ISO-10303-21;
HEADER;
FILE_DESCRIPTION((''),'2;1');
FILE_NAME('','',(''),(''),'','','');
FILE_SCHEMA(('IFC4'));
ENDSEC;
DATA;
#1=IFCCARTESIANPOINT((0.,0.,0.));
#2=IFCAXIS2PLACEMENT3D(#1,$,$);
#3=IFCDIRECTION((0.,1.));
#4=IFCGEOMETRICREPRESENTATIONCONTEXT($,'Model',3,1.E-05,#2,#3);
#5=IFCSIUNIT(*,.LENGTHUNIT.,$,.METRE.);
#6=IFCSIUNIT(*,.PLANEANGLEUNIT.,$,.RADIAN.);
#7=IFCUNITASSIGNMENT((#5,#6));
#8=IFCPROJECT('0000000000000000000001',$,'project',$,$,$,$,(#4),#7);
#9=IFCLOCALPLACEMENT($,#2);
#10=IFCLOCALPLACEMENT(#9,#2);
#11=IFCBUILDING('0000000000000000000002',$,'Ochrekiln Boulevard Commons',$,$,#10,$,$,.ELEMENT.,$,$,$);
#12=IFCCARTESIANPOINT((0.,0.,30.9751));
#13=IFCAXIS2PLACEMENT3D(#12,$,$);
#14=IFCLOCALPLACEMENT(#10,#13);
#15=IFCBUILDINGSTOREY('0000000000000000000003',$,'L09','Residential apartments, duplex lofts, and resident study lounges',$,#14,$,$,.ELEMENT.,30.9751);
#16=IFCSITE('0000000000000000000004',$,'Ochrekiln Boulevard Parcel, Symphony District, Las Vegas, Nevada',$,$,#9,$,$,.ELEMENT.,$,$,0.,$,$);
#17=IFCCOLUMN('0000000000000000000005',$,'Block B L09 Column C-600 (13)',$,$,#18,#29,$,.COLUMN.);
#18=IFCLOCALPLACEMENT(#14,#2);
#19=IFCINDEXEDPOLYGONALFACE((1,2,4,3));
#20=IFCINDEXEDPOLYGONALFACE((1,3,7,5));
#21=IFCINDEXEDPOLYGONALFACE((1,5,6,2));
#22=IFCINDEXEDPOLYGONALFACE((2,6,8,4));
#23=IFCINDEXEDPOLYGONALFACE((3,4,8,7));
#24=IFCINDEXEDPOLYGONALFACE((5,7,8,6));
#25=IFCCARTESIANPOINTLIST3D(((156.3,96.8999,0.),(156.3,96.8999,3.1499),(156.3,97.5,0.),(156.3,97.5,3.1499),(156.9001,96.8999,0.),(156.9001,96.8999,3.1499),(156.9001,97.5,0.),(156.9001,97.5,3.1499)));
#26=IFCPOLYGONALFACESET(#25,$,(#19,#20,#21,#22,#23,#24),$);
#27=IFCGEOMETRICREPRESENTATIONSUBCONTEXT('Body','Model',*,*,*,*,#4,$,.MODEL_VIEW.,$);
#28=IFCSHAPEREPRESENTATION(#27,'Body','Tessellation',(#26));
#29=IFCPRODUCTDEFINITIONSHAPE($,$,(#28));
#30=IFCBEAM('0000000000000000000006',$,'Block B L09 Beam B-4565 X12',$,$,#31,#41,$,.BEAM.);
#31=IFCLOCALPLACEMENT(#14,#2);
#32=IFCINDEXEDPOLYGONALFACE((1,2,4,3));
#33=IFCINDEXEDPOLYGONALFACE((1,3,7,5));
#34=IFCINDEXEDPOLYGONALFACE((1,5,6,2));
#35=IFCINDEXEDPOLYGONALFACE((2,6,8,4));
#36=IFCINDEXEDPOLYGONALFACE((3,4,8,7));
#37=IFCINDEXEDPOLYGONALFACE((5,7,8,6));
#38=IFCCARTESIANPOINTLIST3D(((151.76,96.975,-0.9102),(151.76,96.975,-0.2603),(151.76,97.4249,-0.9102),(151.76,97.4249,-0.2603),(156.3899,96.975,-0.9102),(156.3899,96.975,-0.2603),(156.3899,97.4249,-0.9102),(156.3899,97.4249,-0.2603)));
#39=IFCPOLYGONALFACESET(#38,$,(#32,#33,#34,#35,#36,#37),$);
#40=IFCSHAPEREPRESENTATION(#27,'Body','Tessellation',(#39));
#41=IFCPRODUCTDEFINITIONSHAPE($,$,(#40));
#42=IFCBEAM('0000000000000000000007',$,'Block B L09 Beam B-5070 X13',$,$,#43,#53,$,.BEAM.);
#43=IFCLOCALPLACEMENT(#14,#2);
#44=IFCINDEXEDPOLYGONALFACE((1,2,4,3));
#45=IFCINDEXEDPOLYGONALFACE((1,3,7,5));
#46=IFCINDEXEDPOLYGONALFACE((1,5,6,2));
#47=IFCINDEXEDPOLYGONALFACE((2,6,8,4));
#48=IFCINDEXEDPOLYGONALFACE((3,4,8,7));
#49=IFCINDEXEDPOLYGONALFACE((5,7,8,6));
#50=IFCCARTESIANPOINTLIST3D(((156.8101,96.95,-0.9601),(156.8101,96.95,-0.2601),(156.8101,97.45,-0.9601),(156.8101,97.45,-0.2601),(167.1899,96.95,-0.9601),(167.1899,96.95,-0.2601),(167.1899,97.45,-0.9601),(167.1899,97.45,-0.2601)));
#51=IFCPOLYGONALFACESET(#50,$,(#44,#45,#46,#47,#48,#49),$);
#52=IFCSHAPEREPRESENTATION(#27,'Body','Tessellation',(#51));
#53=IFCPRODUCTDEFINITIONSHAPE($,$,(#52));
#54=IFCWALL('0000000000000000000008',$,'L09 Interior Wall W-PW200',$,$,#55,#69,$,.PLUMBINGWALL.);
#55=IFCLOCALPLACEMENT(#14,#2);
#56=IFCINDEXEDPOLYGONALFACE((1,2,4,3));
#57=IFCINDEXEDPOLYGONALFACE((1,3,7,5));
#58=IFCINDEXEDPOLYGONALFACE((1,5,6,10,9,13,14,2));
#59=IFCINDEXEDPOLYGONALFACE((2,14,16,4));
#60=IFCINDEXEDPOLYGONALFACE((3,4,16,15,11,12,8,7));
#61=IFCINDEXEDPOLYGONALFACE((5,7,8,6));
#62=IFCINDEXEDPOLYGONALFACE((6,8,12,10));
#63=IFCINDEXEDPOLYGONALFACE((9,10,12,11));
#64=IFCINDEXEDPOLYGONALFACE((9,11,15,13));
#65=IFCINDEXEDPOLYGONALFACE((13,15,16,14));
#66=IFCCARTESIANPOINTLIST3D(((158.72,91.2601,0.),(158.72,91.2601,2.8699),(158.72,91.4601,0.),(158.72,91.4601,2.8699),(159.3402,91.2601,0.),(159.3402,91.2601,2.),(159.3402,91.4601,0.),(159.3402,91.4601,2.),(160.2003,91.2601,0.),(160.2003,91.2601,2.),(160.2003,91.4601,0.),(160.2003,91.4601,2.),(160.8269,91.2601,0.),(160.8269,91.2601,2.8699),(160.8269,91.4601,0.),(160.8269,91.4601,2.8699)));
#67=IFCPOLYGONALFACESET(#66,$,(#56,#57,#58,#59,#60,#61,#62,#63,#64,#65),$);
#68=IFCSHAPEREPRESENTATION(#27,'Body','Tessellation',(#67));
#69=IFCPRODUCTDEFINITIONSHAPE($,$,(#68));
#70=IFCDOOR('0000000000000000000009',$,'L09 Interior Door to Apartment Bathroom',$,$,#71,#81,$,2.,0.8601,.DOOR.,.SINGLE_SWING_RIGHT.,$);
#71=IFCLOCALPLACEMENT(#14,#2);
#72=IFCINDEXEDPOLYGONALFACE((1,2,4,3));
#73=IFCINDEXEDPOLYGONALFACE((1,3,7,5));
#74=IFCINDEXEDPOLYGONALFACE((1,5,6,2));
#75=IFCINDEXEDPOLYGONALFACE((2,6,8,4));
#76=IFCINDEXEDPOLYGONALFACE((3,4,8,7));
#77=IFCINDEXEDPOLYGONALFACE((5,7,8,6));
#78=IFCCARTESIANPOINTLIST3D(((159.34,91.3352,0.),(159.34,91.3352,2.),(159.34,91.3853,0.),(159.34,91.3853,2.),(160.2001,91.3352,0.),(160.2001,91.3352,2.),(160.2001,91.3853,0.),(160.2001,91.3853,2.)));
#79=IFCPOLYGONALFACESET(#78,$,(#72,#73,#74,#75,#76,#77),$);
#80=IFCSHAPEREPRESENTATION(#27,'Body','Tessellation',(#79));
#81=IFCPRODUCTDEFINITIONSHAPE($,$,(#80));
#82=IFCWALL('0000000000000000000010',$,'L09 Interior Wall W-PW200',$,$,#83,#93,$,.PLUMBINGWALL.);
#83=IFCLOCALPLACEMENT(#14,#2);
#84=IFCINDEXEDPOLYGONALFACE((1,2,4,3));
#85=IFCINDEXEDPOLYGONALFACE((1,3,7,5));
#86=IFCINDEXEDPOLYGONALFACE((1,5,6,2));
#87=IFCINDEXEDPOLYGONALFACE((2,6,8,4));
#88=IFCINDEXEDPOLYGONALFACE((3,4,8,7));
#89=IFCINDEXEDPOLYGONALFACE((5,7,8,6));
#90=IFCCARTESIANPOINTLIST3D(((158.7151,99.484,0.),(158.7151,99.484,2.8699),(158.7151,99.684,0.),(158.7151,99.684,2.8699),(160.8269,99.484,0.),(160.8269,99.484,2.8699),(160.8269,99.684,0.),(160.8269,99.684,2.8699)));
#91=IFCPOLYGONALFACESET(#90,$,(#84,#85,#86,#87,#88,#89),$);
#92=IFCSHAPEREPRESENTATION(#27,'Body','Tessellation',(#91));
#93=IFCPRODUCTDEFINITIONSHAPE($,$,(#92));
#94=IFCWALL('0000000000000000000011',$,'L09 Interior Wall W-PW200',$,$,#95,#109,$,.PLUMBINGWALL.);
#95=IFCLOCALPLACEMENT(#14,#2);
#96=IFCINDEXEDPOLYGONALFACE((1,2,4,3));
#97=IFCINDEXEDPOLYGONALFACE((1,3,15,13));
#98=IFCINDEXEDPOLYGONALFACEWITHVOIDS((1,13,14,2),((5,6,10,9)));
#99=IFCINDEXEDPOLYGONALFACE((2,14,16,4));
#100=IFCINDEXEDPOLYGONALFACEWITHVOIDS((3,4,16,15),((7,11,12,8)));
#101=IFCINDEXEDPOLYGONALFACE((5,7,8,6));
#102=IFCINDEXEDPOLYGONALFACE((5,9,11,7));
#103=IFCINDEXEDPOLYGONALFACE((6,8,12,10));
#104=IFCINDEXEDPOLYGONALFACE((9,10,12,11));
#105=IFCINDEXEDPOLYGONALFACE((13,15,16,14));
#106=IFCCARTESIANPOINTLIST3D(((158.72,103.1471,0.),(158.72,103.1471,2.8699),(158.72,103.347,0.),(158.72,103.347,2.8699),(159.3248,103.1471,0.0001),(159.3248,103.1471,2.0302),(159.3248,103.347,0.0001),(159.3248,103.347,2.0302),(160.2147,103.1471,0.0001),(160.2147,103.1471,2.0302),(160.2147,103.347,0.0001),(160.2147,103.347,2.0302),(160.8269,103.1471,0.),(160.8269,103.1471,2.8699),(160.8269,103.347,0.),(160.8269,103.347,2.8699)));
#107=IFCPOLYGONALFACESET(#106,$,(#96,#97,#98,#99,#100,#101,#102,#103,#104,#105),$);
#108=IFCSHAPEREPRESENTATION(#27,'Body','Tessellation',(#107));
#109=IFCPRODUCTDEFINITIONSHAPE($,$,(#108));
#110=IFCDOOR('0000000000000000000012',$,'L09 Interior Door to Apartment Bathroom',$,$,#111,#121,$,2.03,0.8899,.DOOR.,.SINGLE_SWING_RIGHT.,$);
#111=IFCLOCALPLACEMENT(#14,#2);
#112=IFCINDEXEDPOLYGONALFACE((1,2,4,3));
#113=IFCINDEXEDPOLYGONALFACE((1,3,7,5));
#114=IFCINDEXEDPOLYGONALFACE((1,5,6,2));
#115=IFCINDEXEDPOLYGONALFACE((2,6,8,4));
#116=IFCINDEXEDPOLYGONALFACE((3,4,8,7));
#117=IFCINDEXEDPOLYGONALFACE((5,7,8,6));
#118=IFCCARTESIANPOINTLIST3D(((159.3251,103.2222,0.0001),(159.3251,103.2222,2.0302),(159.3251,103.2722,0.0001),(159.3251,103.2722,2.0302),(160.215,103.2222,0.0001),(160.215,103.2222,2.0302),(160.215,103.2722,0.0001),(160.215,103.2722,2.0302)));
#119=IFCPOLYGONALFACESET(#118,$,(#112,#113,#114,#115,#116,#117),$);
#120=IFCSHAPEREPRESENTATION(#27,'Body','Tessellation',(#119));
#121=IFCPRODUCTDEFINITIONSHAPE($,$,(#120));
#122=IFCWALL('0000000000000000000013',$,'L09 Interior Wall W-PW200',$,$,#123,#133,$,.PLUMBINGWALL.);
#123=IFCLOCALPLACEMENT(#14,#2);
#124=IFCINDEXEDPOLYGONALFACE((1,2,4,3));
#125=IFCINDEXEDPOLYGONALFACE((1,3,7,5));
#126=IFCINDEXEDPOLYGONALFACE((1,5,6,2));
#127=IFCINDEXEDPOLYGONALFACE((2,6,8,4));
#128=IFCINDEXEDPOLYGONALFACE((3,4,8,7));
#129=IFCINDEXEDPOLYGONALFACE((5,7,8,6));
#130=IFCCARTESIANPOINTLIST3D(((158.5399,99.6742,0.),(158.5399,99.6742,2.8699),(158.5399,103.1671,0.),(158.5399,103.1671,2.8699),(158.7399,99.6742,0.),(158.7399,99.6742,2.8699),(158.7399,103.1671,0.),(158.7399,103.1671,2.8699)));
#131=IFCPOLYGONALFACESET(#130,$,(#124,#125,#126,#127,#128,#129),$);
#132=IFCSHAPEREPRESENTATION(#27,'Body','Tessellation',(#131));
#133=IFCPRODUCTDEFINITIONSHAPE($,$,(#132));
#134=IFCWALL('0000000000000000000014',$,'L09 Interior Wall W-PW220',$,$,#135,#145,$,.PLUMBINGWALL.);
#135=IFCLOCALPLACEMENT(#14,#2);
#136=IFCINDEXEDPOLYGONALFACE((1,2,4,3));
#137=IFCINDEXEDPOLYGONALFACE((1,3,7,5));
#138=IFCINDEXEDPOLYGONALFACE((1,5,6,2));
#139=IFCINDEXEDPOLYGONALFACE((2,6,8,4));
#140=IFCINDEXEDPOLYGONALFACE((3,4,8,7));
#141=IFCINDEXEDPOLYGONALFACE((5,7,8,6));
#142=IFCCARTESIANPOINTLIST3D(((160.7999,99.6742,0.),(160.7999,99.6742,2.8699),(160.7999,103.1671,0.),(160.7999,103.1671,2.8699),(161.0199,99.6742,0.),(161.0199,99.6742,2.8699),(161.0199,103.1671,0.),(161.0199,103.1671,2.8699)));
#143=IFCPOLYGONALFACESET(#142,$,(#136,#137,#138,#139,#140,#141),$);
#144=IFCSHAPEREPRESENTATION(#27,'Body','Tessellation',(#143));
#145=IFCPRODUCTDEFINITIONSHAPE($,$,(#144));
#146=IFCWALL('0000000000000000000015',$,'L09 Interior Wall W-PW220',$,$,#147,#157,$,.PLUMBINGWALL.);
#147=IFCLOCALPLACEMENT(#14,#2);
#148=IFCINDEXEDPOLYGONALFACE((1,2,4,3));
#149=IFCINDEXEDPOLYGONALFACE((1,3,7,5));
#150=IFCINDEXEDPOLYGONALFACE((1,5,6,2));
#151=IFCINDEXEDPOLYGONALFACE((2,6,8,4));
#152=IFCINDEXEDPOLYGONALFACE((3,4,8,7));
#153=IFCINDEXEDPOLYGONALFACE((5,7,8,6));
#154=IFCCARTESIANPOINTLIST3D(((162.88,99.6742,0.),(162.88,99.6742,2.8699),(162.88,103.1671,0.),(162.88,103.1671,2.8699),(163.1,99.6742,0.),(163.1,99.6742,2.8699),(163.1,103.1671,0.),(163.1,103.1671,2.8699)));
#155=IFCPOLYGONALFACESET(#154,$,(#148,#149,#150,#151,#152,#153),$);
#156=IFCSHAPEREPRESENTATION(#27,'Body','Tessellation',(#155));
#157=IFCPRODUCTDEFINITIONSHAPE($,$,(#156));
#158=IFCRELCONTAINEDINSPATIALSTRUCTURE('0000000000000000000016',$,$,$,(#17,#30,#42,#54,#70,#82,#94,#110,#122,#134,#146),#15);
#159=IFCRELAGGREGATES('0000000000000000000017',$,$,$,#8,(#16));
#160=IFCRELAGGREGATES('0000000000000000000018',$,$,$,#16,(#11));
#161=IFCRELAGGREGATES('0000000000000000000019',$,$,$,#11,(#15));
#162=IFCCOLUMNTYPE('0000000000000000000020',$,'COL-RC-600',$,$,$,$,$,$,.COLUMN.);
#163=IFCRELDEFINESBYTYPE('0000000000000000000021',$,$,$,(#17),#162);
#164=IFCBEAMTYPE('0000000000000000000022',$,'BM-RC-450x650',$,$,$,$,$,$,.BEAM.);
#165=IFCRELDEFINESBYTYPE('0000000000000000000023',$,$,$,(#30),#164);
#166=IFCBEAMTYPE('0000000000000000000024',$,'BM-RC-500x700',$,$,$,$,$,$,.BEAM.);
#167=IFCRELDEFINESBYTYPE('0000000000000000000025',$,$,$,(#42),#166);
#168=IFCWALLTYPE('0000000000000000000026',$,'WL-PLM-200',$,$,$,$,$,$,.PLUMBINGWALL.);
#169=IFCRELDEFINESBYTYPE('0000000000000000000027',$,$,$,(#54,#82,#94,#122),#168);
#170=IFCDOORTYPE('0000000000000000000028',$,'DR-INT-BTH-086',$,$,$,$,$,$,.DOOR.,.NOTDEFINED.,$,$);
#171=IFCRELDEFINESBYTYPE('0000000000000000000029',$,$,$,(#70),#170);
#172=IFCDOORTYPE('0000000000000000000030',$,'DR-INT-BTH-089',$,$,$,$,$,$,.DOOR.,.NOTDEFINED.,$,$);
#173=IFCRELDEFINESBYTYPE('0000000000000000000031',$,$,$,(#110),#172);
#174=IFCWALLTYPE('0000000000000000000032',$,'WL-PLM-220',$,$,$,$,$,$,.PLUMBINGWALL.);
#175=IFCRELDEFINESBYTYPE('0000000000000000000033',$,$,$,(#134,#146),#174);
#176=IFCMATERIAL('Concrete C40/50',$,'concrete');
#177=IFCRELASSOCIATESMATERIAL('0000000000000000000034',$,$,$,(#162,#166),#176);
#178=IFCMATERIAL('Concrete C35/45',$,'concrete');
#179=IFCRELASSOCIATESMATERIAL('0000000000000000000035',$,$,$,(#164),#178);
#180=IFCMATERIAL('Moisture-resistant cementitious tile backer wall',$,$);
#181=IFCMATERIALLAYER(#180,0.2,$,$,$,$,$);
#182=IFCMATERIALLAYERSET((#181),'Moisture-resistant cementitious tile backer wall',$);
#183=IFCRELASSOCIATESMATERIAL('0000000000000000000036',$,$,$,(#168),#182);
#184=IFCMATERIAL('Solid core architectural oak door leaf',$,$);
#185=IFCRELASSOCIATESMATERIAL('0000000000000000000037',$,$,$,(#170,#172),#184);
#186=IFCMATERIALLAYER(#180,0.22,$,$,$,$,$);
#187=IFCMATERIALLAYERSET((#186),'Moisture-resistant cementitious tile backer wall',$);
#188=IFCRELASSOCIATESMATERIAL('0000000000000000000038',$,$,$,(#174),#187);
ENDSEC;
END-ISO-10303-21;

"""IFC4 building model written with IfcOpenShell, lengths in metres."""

from ifc_helpers import new_model, si_unit, direction, frame, frame_2d, origin, origin_2d, place, context, subcontext, project, spatial, rectangle, extrude, material, layer, layer_set, material_profile, profile_set, type_object, element, fill, save


model = new_model("IFC4")

# Units and contexts
model_context = context("Model", 3, precision=1e-05, world=origin(), true_north=direction((0.0, 1.0)))
body_context = subcontext(model_context, "Body", "Model", "MODEL_VIEW")
ifc_project = project(units=[si_unit("LENGTHUNIT", "METRE"), si_unit("PLANEANGLEUNIT", "RADIAN")], contexts=[model_context])

# Site, building, storey
site_placement = place(None, origin())
site = spatial("IfcSite", under=ifc_project, at=site_placement, Name="Ochrekiln Boulevard Parcel, Symphony District, Las Vegas, Nevada", CompositionType="ELEMENT", RefElevation=0.0)
building_placement = place(site_placement, origin())
building = spatial("IfcBuilding", under=site, at=building_placement, Name="Ochrekiln Boulevard Commons", CompositionType="ELEMENT")
storey_placement = place(building_placement, frame((0.0, 0.0, 30.9751)))
storey = spatial("IfcBuildingStorey", under=building, at=storey_placement, Name="L09", Description="Residential apartments, duplex lofts, and resident study lounges", CompositionType="ELEMENT", Elevation=30.9751)

# Column
ifc_material_1 = material(Name="Concrete C40/50", Category="concrete")
ifc_material_profile_1 = material_profile(ifc_material_1, rectangle(XDim=0.6001, YDim=0.6001, at=origin_2d()), Name="RC-COL-600x600")
ifc_profile_set_1 = profile_set([ifc_material_profile_1], Name="Concrete C40/50")
column_type = type_object("IfcColumnType", Name="COL-RC-600", PredefinedType="COLUMN", material=ifc_profile_set_1)
column_placement = place(storey_placement, frame((156.6001, 97.2, 0.0), z_axis=(0.0, 0.0, 1.0), x_axis=(1.0, 0.0, 0.0)))
element("IfcColumn", 1, at=column_placement, inside=storey, type_object=column_type, Name="Block B L09 Column C-600 (13)", PredefinedType="COLUMN", context=body_context, shape_type="SweptSolid", body=[
    extrude(rectangle(XDim=0.6001, YDim=0.6001, at=origin_2d()), origin(), (0.0, 0.0, 1.0), 3.1499),
])

# Beams
ifc_material_2 = material(Name="Concrete C35/45", Category="concrete")
ifc_material_profile_2 = material_profile(ifc_material_2, rectangle(XDim=0.45, YDim=0.6499, at=origin_2d()), Name="RC-BM-450x650")
ifc_profile_set_2 = profile_set([ifc_material_profile_2], Name="Concrete C35/45")
beam_type_1 = type_object("IfcBeamType", Name="BM-RC-450x650", PredefinedType="BEAM", material=ifc_profile_set_2)
beam_1_placement = place(storey_placement, frame((151.76, 97.2, -0.5852), z_axis=(1.0, 0.0, 0.0), x_axis=(0.0, 1.0, 0.0)))
element("IfcBeam", 2, at=beam_1_placement, inside=storey, type_object=beam_type_1, Name="Block B L09 Beam B-4565 X12", PredefinedType="BEAM", context=body_context, shape_type="SweptSolid", body=[
    extrude(rectangle(XDim=0.45, YDim=0.6499, at=origin_2d()), origin(), (0.0, 0.0, 1.0), 4.6299),
])
ifc_material_profile_3 = material_profile(ifc_material_1, rectangle(XDim=0.5, YDim=0.7, at=origin_2d()), Name="RC-BM-500x700")
ifc_profile_set_3 = profile_set([ifc_material_profile_3], Name="Concrete C40/50")
beam_type_2 = type_object("IfcBeamType", Name="BM-RC-500x700", PredefinedType="BEAM", material=ifc_profile_set_3)
beam_2_placement = place(storey_placement, frame((156.8101, 97.2, -0.6101), z_axis=(1.0, 0.0, 0.0), x_axis=(0.0, 1.0, 0.0)))
element("IfcBeam", 3, at=beam_2_placement, inside=storey, type_object=beam_type_2, Name="Block B L09 Beam B-5070 X13", PredefinedType="BEAM", context=body_context, shape_type="SweptSolid", body=[
    extrude(rectangle(XDim=0.5, YDim=0.7, at=origin_2d()), origin(), (0.0, 0.0, 1.0), 10.3799),
])

# Wall, opening, door
ifc_material_3 = material(Name="Moisture-resistant cementitious tile backer wall")
ifc_layer_1 = layer(ifc_material_3, 0.2)
ifc_layer_set_1 = layer_set([ifc_layer_1], Name="Moisture-resistant cementitious tile backer wall")
wall_type_1 = type_object("IfcWallType", Name="WL-PLM-200", PredefinedType="PLUMBINGWALL", material=ifc_layer_set_1)
wall_1_placement = place(storey_placement, frame((158.72, 91.3601, 0.0), z_axis=(0.0, 0.0, 1.0), x_axis=(1.0, 0.0, 0.0)))
wall_1 = element("IfcWall", 4, at=wall_1_placement, inside=storey, type_object=wall_type_1, Name="L09 Interior Wall W-PW200", PredefinedType="PLUMBINGWALL", context=body_context, shape_type="SweptSolid", body=[
    extrude(rectangle(XDim=2.1069, YDim=0.2, at=frame_2d((1.0535, 0.0))), origin(), (0.0, 0.0, 1.0), 2.8699),
])
opening_1_placement = place(wall_1_placement, frame((0.6201, 0.0, 0.0)))
opening_1 = element("IfcOpeningElement", 5, at=opening_1_placement, cuts=wall_1, PredefinedType="OPENING", context=body_context, shape_type="SweptSolid", body=[
    extrude(rectangle(XDim=0.8601, YDim=2.0, at=frame_2d((0.4302, 1.0))), frame((0.0, 0.1099, 0.0), z_axis=(0.0, -1.0, 0.0), x_axis=(1.0, 0.0, 0.0)), (0.0, 0.0, 1.0), 0.22),
])
ifc_material_4 = material(Name="Solid core architectural oak door leaf")
door_type_1 = type_object("IfcDoorType", Name="DR-INT-BTH-086", OperationType="NOTDEFINED", PredefinedType="DOOR", material=ifc_material_4)
door_1_placement = place(opening_1_placement, frame((0.8601, 0.0, 0.0), z_axis=(0.0, 0.0, 1.0), x_axis=(-1.0, 0.0, 0.0)))
door_1 = element("IfcDoor", 6, at=door_1_placement, inside=storey, type_object=door_type_1, Name="L09 Interior Door to Apartment Bathroom", OperationType="SINGLE_SWING_RIGHT", OverallHeight=2.0, OverallWidth=0.8601, PredefinedType="DOOR", context=body_context, shape_type="SweptSolid", body=[
    extrude(rectangle(XDim=0.8601, YDim=2.0, at=frame_2d((0.4302, 1.0))), frame((0.0, 0.0249, 0.0), z_axis=(0.0, -1.0, 0.0), x_axis=(1.0, 0.0, 0.0)), (0.0, 0.0, 1.0), 0.05),
])
fill(opening_1, door_1)

# Wall
wall_2_placement = place(storey_placement, frame((158.7151, 99.584, 0.0), z_axis=(0.0, 0.0, 1.0), x_axis=(1.0, 0.0, 0.0)))
element("IfcWall", 7, at=wall_2_placement, inside=storey, type_object=wall_type_1, Name="L09 Interior Wall W-PW200", PredefinedType="PLUMBINGWALL", context=body_context, shape_type="SweptSolid", body=[
    extrude(rectangle(XDim=2.1118, YDim=0.2, at=frame_2d((1.0559, 0.0))), origin(), (0.0, 0.0, 1.0), 2.8699),
])

# Wall, opening, door
wall_3_placement = place(storey_placement, frame((158.72, 103.2471, 0.0), z_axis=(0.0, 0.0, 1.0), x_axis=(1.0, 0.0, 0.0)))
wall_3 = element("IfcWall", 8, at=wall_3_placement, inside=storey, type_object=wall_type_1, Name="L09 Interior Wall W-PW200", PredefinedType="PLUMBINGWALL", context=body_context, shape_type="SweptSolid", body=[
    extrude(rectangle(XDim=2.1069, YDim=0.2, at=frame_2d((1.0535, 0.0))), origin(), (0.0, 0.0, 1.0), 2.8699),
])
opening_2_placement = place(wall_3_placement, frame((0.605, 0.0, 0.0)))
opening_2 = element("IfcOpeningElement", 9, at=opening_2_placement, cuts=wall_3, PredefinedType="OPENING", context=body_context, shape_type="SweptSolid", body=[
    extrude(rectangle(XDim=0.8899, YDim=2.03, at=frame_2d((0.4448, 1.0151))), frame((0.0, 0.1099, 0.0), z_axis=(0.0, -1.0, 0.0), x_axis=(1.0, 0.0, 0.0)), (0.0, 0.0, 1.0), 0.22),
])
door_type_2 = type_object("IfcDoorType", Name="DR-INT-BTH-089", OperationType="NOTDEFINED", PredefinedType="DOOR", material=ifc_material_4)
door_2_placement = place(opening_2_placement, frame((0.8899, 0.0, 0.0), z_axis=(0.0, 0.0, 1.0), x_axis=(-1.0, 0.0, 0.0)))
door_2 = element("IfcDoor", 10, at=door_2_placement, inside=storey, type_object=door_type_2, Name="L09 Interior Door to Apartment Bathroom", OperationType="SINGLE_SWING_RIGHT", OverallHeight=2.03, OverallWidth=0.8899, PredefinedType="DOOR", context=body_context, shape_type="SweptSolid", body=[
    extrude(rectangle(XDim=0.8899, YDim=2.03, at=frame_2d((0.4448, 1.0151))), frame((0.0, 0.0249, 0.0), z_axis=(0.0, -1.0, 0.0), x_axis=(1.0, 0.0, 0.0)), (0.0, 0.0, 1.0), 0.05),
])
fill(opening_2, door_2)

# Walls
wall_4_placement = place(storey_placement, frame((158.6399, 99.6741, 0.0), z_axis=(0.0, 0.0, 1.0), x_axis=(0.0, 1.0, 0.0)))
element("IfcWall", 11, at=wall_4_placement, inside=storey, type_object=wall_type_1, Name="L09 Interior Wall W-PW200", PredefinedType="PLUMBINGWALL", context=body_context, shape_type="SweptSolid", body=[
    extrude(rectangle(XDim=3.4929, YDim=0.2, at=frame_2d((1.7466, 0.0))), origin(), (0.0, 0.0, 1.0), 2.8699),
])
ifc_layer_2 = layer(ifc_material_3, 0.22)
ifc_layer_set_2 = layer_set([ifc_layer_2], Name="Moisture-resistant cementitious tile backer wall")
wall_type_2 = type_object("IfcWallType", Name="WL-PLM-220", PredefinedType="PLUMBINGWALL", material=ifc_layer_set_2)
for number, where, z_axis, x_axis, name in (
    (12, (160.9099, 99.6741, 0.0), (0.0, 0.0, 1.0), (0.0, 1.0, 0.0), "L09 Interior Wall W-PW220"),
    (13, (162.99, 99.6741, 0.0), (0.0, 0.0, 1.0), (0.0, 1.0, 0.0), "L09 Interior Wall W-PW220"),
):
    element("IfcWall", number, at=place(storey_placement, frame(where, z_axis=z_axis, x_axis=x_axis)), inside=storey, type_object=wall_type_2, Name=name, PredefinedType="PLUMBINGWALL", context=body_context, shape_type="SweptSolid", body=[
        extrude(rectangle(XDim=3.4929, YDim=0.22, at=frame_2d((1.7466, 0.0))), origin(), (0.0, 0.0, 1.0), 2.8699),
    ])

save(model, "model.ifc")
